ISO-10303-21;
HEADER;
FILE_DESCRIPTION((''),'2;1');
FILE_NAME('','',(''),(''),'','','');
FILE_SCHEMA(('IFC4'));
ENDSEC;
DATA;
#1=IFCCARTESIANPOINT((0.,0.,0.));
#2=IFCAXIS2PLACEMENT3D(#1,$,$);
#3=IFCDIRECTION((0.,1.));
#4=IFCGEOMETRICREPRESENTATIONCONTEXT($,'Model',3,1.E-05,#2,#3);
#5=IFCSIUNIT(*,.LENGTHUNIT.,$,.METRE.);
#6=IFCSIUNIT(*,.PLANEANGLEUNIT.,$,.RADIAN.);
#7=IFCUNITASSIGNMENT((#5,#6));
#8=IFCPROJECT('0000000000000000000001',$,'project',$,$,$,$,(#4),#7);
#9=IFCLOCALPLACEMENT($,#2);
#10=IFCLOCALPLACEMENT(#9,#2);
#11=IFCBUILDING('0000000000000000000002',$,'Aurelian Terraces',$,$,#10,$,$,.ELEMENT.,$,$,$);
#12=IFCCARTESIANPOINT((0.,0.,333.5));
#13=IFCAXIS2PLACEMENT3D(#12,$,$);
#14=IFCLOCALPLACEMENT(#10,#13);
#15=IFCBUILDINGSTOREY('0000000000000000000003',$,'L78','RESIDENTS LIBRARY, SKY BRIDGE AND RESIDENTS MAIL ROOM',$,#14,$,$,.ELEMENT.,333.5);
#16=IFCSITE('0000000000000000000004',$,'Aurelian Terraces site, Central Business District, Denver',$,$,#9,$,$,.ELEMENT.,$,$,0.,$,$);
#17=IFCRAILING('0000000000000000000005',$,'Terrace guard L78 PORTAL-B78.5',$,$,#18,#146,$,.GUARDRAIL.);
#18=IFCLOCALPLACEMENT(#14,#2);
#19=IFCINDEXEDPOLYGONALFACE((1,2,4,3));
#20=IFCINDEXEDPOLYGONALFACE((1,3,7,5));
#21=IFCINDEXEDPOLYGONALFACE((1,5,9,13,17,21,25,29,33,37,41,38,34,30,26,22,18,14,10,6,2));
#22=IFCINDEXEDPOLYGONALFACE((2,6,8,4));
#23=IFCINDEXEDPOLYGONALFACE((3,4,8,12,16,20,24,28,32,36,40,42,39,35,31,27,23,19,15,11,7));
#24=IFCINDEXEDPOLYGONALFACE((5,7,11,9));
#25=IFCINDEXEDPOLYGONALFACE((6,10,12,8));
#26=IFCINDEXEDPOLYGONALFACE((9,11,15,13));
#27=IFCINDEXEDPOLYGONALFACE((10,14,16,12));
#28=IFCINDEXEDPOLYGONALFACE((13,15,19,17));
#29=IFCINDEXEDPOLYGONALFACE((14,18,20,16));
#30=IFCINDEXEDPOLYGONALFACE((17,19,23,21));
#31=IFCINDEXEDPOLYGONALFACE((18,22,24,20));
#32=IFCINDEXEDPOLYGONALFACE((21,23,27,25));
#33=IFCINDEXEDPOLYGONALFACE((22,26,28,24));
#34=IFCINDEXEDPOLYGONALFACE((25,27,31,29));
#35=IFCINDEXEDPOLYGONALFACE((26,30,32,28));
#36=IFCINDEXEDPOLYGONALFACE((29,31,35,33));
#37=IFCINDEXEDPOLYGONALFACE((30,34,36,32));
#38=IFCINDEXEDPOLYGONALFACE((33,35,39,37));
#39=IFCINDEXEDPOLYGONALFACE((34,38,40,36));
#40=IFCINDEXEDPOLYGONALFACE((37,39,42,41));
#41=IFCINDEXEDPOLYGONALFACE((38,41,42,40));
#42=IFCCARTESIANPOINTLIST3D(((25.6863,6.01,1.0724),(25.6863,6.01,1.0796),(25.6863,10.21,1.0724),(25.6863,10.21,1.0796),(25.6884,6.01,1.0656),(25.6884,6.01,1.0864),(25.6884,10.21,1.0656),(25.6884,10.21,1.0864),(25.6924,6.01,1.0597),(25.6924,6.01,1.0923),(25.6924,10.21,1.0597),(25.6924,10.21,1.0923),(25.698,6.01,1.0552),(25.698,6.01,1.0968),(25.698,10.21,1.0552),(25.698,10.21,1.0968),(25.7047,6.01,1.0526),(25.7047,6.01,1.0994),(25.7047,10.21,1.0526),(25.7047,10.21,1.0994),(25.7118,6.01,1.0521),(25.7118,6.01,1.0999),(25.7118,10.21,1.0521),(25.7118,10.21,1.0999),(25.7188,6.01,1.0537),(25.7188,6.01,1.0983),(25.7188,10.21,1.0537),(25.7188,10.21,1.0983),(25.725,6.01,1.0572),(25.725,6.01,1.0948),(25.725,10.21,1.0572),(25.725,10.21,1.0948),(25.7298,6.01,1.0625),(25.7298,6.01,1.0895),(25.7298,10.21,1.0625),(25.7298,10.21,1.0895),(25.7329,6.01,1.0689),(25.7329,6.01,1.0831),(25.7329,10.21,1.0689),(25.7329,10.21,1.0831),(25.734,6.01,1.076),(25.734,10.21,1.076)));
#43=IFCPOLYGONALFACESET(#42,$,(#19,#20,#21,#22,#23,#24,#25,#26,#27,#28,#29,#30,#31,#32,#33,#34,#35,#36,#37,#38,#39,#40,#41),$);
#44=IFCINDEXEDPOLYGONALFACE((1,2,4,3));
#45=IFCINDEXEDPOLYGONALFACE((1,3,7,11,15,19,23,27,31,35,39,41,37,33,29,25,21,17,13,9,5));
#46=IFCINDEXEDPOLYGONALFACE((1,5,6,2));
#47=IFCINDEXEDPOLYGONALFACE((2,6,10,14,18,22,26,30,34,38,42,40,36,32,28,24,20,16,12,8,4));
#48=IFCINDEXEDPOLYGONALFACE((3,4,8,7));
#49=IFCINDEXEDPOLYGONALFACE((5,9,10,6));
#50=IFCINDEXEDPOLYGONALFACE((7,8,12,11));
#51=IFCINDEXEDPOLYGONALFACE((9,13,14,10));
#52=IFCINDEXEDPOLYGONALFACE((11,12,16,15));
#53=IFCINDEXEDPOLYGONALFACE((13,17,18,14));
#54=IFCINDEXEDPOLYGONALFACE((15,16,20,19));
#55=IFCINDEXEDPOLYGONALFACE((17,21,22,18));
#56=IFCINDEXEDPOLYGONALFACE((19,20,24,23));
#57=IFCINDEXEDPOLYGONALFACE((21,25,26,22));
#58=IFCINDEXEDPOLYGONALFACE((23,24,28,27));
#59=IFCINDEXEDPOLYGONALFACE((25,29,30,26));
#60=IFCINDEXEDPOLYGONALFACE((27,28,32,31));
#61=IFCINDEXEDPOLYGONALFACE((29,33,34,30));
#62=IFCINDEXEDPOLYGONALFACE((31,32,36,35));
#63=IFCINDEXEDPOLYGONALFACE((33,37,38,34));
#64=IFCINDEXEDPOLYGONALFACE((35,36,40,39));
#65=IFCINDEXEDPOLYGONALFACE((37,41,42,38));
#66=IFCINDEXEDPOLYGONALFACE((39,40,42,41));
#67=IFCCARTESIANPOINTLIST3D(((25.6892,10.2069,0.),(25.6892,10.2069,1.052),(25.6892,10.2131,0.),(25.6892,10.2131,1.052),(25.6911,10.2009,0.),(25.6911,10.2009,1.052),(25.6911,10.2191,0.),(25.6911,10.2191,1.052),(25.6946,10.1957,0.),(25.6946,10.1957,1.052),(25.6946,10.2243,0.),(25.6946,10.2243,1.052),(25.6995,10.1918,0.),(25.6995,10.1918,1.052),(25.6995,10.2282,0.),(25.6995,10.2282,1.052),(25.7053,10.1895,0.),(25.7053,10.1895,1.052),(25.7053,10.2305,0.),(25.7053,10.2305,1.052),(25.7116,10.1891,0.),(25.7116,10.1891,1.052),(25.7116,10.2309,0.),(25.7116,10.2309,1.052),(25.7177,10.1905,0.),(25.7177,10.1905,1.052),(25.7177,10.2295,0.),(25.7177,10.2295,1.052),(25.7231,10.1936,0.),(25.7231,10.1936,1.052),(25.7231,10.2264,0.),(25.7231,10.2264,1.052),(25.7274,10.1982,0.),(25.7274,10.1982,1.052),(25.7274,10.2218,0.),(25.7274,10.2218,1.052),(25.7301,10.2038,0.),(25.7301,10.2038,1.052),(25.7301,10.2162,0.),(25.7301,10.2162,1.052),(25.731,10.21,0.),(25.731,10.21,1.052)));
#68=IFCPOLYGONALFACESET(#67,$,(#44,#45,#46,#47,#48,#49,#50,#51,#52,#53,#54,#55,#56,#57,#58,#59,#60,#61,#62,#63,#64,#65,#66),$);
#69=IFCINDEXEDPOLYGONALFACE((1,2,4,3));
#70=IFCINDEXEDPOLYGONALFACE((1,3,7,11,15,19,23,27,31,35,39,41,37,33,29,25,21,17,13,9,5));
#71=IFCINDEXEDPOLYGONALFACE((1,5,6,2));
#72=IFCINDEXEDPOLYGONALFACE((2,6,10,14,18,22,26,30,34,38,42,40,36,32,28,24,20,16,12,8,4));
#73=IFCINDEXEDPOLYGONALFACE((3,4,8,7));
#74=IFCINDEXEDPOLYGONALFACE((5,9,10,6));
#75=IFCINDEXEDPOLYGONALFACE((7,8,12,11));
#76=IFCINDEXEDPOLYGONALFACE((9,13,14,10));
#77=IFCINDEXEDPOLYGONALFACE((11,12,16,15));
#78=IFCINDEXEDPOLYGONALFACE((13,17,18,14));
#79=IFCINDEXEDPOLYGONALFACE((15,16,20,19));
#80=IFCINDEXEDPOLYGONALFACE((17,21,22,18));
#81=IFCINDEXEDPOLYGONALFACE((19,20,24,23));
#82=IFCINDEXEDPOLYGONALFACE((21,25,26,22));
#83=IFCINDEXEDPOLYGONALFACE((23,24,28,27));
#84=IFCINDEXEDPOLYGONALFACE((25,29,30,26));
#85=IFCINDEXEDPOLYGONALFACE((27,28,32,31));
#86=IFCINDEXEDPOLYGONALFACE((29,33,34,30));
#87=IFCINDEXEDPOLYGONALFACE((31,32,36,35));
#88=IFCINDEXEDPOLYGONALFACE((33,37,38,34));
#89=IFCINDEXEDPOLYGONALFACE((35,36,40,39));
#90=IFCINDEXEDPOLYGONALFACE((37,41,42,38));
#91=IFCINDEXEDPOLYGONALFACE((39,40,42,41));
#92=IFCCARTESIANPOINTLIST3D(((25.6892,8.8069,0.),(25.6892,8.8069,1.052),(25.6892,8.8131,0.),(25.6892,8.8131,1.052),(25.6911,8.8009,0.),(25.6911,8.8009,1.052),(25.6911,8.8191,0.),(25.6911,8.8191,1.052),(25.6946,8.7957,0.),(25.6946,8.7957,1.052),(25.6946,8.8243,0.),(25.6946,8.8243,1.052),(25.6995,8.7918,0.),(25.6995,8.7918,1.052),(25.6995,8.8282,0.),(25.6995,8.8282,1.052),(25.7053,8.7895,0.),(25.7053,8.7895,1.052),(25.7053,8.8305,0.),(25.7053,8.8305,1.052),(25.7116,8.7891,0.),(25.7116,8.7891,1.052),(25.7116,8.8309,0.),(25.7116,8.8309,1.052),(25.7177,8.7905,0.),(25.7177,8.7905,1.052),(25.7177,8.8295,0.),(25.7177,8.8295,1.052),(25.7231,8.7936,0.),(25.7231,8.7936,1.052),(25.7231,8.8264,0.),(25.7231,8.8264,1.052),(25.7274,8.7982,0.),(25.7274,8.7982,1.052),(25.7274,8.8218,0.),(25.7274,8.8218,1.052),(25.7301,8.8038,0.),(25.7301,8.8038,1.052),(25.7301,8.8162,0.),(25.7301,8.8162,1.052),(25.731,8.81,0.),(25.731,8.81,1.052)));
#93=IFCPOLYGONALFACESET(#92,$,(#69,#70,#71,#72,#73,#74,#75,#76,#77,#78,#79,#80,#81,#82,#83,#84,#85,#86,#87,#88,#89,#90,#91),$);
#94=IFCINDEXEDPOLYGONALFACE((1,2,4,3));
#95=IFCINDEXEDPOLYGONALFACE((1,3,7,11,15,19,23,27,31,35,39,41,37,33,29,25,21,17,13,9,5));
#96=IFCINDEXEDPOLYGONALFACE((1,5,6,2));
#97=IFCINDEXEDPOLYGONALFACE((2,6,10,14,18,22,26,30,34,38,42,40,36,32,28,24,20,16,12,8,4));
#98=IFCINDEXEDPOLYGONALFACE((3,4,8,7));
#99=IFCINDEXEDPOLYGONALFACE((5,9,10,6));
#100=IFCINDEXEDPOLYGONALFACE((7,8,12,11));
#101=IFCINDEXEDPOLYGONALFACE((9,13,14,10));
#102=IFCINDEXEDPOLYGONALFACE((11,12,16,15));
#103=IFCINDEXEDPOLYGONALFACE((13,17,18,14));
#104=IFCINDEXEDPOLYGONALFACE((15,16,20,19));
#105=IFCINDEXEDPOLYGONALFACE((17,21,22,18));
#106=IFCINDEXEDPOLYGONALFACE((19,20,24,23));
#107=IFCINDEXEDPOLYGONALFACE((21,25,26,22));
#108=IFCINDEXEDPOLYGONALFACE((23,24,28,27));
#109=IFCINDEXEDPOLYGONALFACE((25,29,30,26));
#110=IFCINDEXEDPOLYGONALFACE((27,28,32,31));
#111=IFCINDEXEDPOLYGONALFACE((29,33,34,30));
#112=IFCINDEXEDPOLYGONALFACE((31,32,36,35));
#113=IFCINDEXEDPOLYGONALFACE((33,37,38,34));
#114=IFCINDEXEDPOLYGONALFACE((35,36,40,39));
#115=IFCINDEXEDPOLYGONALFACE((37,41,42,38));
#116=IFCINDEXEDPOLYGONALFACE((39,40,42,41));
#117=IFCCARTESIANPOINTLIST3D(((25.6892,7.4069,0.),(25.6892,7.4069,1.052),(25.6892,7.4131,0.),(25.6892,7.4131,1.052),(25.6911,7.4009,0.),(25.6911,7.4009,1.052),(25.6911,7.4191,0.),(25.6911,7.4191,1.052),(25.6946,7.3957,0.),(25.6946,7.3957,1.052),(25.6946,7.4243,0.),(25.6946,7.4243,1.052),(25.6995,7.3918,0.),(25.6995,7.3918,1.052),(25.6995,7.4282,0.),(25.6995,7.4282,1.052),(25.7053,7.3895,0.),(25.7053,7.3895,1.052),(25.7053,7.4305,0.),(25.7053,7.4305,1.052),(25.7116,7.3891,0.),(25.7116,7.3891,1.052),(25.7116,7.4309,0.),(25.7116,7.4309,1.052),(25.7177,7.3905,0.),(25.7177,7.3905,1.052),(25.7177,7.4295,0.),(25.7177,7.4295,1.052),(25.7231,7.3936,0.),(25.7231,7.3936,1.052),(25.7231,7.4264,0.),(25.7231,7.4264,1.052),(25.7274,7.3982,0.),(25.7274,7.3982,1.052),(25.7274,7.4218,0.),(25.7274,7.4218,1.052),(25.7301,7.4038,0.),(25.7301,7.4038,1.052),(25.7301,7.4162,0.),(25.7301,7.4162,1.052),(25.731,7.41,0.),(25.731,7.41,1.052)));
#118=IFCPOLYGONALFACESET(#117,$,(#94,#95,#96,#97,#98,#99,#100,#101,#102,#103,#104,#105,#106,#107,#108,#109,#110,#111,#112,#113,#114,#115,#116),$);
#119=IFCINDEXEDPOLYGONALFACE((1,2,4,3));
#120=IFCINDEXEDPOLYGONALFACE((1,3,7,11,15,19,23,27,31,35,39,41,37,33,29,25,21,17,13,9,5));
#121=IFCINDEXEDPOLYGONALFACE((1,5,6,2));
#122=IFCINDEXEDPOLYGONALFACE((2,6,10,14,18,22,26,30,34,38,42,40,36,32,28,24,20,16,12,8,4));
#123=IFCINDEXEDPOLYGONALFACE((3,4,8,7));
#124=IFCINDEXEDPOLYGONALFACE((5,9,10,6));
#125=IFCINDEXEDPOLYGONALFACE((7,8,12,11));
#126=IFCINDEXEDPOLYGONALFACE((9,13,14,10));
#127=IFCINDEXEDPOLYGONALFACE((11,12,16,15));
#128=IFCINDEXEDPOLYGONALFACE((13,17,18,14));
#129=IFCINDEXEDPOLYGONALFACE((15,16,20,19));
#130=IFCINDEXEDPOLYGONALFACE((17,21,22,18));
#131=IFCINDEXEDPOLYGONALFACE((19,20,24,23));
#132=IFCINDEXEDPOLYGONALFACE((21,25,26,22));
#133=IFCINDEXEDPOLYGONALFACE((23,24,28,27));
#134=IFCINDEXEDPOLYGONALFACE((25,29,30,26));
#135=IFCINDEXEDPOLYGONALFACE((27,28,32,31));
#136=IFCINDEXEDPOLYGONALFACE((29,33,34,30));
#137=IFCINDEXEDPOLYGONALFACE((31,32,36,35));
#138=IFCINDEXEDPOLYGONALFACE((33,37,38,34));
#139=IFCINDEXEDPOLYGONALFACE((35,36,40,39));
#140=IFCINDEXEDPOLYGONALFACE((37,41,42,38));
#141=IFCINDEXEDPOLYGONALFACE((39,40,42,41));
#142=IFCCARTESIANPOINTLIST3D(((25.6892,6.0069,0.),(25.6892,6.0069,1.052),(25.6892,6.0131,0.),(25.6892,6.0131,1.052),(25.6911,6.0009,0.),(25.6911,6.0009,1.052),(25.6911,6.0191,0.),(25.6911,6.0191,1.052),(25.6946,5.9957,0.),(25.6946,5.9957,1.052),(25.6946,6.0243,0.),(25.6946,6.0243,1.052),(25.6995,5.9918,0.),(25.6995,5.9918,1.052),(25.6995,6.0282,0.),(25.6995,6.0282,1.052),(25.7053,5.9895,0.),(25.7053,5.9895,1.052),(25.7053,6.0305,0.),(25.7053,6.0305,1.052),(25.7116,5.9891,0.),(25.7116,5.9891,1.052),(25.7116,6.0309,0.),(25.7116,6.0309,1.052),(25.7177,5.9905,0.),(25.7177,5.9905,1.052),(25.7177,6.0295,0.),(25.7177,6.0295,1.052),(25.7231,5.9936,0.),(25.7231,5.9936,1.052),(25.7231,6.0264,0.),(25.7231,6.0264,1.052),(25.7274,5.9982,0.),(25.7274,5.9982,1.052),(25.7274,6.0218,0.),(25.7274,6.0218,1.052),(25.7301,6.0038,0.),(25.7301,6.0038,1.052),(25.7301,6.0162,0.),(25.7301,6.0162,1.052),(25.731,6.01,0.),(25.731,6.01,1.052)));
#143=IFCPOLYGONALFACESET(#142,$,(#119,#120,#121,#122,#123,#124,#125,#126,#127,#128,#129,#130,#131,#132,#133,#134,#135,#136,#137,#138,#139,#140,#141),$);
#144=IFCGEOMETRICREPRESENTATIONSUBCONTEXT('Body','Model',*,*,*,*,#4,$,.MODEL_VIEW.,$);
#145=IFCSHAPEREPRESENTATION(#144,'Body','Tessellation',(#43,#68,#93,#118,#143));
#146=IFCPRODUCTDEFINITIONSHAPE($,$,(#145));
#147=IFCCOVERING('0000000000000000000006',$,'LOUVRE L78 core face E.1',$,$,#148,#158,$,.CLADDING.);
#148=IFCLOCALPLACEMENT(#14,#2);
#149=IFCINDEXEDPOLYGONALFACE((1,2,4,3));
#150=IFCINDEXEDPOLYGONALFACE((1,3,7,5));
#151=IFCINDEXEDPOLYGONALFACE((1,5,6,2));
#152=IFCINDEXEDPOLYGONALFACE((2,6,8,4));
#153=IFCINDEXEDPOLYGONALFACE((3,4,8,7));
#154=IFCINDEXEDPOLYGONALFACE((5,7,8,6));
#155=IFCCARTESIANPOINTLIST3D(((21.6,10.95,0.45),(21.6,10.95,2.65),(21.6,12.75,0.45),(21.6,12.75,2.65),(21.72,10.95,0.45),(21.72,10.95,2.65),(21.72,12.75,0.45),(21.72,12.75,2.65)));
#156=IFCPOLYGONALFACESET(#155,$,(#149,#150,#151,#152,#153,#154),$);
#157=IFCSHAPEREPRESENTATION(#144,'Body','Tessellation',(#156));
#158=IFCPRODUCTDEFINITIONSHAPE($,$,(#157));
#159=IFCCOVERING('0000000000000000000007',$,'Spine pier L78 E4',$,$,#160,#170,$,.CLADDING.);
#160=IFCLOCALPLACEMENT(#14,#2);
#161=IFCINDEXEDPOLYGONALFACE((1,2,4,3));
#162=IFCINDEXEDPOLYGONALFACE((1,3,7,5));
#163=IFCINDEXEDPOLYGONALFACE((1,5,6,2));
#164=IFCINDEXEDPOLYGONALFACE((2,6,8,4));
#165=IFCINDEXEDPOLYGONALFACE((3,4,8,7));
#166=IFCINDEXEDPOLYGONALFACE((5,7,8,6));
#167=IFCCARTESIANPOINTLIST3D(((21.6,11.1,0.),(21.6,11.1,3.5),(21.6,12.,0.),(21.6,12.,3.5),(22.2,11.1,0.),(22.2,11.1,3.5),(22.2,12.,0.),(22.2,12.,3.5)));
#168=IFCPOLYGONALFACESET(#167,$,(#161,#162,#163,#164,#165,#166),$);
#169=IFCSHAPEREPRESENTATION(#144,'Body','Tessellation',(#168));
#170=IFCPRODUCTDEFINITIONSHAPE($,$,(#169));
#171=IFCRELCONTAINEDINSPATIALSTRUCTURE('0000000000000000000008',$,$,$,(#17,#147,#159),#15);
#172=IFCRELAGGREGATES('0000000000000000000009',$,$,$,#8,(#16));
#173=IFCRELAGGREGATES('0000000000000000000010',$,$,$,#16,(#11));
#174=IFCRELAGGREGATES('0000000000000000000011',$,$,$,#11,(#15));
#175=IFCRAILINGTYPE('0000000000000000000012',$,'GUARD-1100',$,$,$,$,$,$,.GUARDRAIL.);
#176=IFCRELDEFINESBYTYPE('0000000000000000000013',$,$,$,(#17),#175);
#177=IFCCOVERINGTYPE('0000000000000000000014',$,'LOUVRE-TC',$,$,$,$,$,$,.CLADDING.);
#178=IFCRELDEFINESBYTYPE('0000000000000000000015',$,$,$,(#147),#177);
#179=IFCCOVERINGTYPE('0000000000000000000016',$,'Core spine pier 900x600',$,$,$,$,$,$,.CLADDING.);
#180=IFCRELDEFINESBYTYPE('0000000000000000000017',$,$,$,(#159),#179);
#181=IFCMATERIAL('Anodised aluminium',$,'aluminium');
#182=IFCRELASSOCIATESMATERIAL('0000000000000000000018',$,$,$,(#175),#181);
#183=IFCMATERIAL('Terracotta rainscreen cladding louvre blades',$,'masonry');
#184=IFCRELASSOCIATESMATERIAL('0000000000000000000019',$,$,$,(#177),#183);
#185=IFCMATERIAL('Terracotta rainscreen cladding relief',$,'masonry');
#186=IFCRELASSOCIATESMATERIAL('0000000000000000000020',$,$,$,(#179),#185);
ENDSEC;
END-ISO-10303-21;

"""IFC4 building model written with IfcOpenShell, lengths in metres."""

from ifc_helpers import new_model, si_unit, direction, frame, origin, origin_2d, place, context, subcontext, project, spatial, rectangle, circle, extrude, source, transform, mapped, material, type_object, element, save


model = new_model("IFC4")

# Units and contexts
model_context = context("Model", 3, precision=1e-05, world=origin(), true_north=direction((0.0, 1.0)))
body_context = subcontext(model_context, "Body", "Model", "MODEL_VIEW")
ifc_project = project(units=[si_unit("LENGTHUNIT", "METRE"), si_unit("PLANEANGLEUNIT", "RADIAN")], contexts=[model_context])

# Site, building, storey
site_placement = place(None, origin())
site = spatial("IfcSite", under=ifc_project, at=site_placement, Name="Aurelian Terraces site, Central Business District, Denver", CompositionType="ELEMENT", RefElevation=0.0)
building_placement = place(site_placement, origin())
building = spatial("IfcBuilding", under=site, at=building_placement, Name="Aurelian Terraces", CompositionType="ELEMENT")
storey_placement = place(building_placement, frame((0.0, 0.0, 333.5)))
storey = spatial("IfcBuildingStorey", under=building, at=storey_placement, Name="L78", Description="RESIDENTS LIBRARY, SKY BRIDGE AND RESIDENTS MAIL ROOM", CompositionType="ELEMENT", Elevation=333.5)

# Railing
ifc_material_1 = material(Name="Anodised aluminium", Category="aluminium")
railing_type = type_object("IfcRailingType", Name="GUARD-1100", PredefinedType="GUARDRAIL", material=ifc_material_1)
shared_shape_1 = source(origin(), body_context, "Body", "SweptSolid", [
    extrude(circle(Radius=0.024, at=origin_2d()), frame((0.0, 0.0, 1.076), z_axis=(0.0, -1.0, 0.0), x_axis=(1.0, 0.0, 0.0)), (0.0, 0.0, 1.0), 4.2),
    extrude(circle(Radius=0.021, at=origin_2d()), origin(), (0.0, 0.0, 1.0), 1.052),
    extrude(circle(Radius=0.021, at=origin_2d()), frame((0.0, -1.4, 0.0)), (0.0, 0.0, 1.0), 1.052),
    extrude(circle(Radius=0.021, at=origin_2d()), frame((0.0, -2.8, 0.0)), (0.0, 0.0, 1.0), 1.052),
    extrude(circle(Radius=0.021, at=origin_2d()), frame((0.0, -4.2, 0.0)), (0.0, 0.0, 1.0), 1.052),
])
railing_1_placement = place(storey_placement, frame((25.71, 10.21, 0.0)))
element("IfcRailing", 1, at=railing_1_placement, inside=storey, type_object=railing_type, Name="Terrace guard L78 PORTAL-B78.5", PredefinedType="GUARDRAIL", context=body_context, shape_type="MappedRepresentation", body=[
    mapped(shared_shape_1, transform((0.0, 0.0, 0.0), scale=1.0)),
])

# Coverings
ifc_material_2 = material(Name="Terracotta rainscreen cladding louvre blades", Category="masonry")
covering_type_1 = type_object("IfcCoveringType", Name="LOUVRE-TC", PredefinedType="CLADDING", material=ifc_material_2)
shared_shape_2 = source(origin(), body_context, "Body", "SweptSolid", [
    extrude(rectangle(XDim=0.12, YDim=1.8, at=origin_2d()), origin(), (0.0, 0.0, 1.0), 2.2),
])
covering_1_placement = place(storey_placement, frame((21.66, 11.85, 0.45), z_axis=(0.0, 0.0, 1.0), x_axis=(1.0, 0.0, 0.0)))
element("IfcCovering", 2, at=covering_1_placement, inside=storey, type_object=covering_type_1, Name="LOUVRE L78 core face E.1", PredefinedType="CLADDING", context=body_context, shape_type="MappedRepresentation", body=[
    mapped(shared_shape_2, transform((0.0, 0.0, 0.0), scale=1.0)),
])
ifc_material_3 = material(Name="Terracotta rainscreen cladding relief", Category="masonry")
covering_type_2 = type_object("IfcCoveringType", Name="Core spine pier 900x600", PredefinedType="CLADDING", material=ifc_material_3)
shared_shape_3 = source(origin(), body_context, "Body", "SweptSolid", [
    extrude(rectangle(XDim=0.6, YDim=0.9, at=origin_2d()), origin(), (0.0, 0.0, 1.0), 3.5),
])
covering_2_placement = place(storey_placement, frame((21.9, 11.55, 0.0), z_axis=(0.0, 0.0, 1.0), x_axis=(1.0, 0.0, 0.0)))
element("IfcCovering", 3, at=covering_2_placement, inside=storey, type_object=covering_type_2, Name="Spine pier L78 E4", PredefinedType="CLADDING", context=body_context, shape_type="MappedRepresentation", body=[
    mapped(shared_shape_3, transform((0.0, 0.0, 0.0), scale=1.0)),
])

save(model, "model.ifc")
